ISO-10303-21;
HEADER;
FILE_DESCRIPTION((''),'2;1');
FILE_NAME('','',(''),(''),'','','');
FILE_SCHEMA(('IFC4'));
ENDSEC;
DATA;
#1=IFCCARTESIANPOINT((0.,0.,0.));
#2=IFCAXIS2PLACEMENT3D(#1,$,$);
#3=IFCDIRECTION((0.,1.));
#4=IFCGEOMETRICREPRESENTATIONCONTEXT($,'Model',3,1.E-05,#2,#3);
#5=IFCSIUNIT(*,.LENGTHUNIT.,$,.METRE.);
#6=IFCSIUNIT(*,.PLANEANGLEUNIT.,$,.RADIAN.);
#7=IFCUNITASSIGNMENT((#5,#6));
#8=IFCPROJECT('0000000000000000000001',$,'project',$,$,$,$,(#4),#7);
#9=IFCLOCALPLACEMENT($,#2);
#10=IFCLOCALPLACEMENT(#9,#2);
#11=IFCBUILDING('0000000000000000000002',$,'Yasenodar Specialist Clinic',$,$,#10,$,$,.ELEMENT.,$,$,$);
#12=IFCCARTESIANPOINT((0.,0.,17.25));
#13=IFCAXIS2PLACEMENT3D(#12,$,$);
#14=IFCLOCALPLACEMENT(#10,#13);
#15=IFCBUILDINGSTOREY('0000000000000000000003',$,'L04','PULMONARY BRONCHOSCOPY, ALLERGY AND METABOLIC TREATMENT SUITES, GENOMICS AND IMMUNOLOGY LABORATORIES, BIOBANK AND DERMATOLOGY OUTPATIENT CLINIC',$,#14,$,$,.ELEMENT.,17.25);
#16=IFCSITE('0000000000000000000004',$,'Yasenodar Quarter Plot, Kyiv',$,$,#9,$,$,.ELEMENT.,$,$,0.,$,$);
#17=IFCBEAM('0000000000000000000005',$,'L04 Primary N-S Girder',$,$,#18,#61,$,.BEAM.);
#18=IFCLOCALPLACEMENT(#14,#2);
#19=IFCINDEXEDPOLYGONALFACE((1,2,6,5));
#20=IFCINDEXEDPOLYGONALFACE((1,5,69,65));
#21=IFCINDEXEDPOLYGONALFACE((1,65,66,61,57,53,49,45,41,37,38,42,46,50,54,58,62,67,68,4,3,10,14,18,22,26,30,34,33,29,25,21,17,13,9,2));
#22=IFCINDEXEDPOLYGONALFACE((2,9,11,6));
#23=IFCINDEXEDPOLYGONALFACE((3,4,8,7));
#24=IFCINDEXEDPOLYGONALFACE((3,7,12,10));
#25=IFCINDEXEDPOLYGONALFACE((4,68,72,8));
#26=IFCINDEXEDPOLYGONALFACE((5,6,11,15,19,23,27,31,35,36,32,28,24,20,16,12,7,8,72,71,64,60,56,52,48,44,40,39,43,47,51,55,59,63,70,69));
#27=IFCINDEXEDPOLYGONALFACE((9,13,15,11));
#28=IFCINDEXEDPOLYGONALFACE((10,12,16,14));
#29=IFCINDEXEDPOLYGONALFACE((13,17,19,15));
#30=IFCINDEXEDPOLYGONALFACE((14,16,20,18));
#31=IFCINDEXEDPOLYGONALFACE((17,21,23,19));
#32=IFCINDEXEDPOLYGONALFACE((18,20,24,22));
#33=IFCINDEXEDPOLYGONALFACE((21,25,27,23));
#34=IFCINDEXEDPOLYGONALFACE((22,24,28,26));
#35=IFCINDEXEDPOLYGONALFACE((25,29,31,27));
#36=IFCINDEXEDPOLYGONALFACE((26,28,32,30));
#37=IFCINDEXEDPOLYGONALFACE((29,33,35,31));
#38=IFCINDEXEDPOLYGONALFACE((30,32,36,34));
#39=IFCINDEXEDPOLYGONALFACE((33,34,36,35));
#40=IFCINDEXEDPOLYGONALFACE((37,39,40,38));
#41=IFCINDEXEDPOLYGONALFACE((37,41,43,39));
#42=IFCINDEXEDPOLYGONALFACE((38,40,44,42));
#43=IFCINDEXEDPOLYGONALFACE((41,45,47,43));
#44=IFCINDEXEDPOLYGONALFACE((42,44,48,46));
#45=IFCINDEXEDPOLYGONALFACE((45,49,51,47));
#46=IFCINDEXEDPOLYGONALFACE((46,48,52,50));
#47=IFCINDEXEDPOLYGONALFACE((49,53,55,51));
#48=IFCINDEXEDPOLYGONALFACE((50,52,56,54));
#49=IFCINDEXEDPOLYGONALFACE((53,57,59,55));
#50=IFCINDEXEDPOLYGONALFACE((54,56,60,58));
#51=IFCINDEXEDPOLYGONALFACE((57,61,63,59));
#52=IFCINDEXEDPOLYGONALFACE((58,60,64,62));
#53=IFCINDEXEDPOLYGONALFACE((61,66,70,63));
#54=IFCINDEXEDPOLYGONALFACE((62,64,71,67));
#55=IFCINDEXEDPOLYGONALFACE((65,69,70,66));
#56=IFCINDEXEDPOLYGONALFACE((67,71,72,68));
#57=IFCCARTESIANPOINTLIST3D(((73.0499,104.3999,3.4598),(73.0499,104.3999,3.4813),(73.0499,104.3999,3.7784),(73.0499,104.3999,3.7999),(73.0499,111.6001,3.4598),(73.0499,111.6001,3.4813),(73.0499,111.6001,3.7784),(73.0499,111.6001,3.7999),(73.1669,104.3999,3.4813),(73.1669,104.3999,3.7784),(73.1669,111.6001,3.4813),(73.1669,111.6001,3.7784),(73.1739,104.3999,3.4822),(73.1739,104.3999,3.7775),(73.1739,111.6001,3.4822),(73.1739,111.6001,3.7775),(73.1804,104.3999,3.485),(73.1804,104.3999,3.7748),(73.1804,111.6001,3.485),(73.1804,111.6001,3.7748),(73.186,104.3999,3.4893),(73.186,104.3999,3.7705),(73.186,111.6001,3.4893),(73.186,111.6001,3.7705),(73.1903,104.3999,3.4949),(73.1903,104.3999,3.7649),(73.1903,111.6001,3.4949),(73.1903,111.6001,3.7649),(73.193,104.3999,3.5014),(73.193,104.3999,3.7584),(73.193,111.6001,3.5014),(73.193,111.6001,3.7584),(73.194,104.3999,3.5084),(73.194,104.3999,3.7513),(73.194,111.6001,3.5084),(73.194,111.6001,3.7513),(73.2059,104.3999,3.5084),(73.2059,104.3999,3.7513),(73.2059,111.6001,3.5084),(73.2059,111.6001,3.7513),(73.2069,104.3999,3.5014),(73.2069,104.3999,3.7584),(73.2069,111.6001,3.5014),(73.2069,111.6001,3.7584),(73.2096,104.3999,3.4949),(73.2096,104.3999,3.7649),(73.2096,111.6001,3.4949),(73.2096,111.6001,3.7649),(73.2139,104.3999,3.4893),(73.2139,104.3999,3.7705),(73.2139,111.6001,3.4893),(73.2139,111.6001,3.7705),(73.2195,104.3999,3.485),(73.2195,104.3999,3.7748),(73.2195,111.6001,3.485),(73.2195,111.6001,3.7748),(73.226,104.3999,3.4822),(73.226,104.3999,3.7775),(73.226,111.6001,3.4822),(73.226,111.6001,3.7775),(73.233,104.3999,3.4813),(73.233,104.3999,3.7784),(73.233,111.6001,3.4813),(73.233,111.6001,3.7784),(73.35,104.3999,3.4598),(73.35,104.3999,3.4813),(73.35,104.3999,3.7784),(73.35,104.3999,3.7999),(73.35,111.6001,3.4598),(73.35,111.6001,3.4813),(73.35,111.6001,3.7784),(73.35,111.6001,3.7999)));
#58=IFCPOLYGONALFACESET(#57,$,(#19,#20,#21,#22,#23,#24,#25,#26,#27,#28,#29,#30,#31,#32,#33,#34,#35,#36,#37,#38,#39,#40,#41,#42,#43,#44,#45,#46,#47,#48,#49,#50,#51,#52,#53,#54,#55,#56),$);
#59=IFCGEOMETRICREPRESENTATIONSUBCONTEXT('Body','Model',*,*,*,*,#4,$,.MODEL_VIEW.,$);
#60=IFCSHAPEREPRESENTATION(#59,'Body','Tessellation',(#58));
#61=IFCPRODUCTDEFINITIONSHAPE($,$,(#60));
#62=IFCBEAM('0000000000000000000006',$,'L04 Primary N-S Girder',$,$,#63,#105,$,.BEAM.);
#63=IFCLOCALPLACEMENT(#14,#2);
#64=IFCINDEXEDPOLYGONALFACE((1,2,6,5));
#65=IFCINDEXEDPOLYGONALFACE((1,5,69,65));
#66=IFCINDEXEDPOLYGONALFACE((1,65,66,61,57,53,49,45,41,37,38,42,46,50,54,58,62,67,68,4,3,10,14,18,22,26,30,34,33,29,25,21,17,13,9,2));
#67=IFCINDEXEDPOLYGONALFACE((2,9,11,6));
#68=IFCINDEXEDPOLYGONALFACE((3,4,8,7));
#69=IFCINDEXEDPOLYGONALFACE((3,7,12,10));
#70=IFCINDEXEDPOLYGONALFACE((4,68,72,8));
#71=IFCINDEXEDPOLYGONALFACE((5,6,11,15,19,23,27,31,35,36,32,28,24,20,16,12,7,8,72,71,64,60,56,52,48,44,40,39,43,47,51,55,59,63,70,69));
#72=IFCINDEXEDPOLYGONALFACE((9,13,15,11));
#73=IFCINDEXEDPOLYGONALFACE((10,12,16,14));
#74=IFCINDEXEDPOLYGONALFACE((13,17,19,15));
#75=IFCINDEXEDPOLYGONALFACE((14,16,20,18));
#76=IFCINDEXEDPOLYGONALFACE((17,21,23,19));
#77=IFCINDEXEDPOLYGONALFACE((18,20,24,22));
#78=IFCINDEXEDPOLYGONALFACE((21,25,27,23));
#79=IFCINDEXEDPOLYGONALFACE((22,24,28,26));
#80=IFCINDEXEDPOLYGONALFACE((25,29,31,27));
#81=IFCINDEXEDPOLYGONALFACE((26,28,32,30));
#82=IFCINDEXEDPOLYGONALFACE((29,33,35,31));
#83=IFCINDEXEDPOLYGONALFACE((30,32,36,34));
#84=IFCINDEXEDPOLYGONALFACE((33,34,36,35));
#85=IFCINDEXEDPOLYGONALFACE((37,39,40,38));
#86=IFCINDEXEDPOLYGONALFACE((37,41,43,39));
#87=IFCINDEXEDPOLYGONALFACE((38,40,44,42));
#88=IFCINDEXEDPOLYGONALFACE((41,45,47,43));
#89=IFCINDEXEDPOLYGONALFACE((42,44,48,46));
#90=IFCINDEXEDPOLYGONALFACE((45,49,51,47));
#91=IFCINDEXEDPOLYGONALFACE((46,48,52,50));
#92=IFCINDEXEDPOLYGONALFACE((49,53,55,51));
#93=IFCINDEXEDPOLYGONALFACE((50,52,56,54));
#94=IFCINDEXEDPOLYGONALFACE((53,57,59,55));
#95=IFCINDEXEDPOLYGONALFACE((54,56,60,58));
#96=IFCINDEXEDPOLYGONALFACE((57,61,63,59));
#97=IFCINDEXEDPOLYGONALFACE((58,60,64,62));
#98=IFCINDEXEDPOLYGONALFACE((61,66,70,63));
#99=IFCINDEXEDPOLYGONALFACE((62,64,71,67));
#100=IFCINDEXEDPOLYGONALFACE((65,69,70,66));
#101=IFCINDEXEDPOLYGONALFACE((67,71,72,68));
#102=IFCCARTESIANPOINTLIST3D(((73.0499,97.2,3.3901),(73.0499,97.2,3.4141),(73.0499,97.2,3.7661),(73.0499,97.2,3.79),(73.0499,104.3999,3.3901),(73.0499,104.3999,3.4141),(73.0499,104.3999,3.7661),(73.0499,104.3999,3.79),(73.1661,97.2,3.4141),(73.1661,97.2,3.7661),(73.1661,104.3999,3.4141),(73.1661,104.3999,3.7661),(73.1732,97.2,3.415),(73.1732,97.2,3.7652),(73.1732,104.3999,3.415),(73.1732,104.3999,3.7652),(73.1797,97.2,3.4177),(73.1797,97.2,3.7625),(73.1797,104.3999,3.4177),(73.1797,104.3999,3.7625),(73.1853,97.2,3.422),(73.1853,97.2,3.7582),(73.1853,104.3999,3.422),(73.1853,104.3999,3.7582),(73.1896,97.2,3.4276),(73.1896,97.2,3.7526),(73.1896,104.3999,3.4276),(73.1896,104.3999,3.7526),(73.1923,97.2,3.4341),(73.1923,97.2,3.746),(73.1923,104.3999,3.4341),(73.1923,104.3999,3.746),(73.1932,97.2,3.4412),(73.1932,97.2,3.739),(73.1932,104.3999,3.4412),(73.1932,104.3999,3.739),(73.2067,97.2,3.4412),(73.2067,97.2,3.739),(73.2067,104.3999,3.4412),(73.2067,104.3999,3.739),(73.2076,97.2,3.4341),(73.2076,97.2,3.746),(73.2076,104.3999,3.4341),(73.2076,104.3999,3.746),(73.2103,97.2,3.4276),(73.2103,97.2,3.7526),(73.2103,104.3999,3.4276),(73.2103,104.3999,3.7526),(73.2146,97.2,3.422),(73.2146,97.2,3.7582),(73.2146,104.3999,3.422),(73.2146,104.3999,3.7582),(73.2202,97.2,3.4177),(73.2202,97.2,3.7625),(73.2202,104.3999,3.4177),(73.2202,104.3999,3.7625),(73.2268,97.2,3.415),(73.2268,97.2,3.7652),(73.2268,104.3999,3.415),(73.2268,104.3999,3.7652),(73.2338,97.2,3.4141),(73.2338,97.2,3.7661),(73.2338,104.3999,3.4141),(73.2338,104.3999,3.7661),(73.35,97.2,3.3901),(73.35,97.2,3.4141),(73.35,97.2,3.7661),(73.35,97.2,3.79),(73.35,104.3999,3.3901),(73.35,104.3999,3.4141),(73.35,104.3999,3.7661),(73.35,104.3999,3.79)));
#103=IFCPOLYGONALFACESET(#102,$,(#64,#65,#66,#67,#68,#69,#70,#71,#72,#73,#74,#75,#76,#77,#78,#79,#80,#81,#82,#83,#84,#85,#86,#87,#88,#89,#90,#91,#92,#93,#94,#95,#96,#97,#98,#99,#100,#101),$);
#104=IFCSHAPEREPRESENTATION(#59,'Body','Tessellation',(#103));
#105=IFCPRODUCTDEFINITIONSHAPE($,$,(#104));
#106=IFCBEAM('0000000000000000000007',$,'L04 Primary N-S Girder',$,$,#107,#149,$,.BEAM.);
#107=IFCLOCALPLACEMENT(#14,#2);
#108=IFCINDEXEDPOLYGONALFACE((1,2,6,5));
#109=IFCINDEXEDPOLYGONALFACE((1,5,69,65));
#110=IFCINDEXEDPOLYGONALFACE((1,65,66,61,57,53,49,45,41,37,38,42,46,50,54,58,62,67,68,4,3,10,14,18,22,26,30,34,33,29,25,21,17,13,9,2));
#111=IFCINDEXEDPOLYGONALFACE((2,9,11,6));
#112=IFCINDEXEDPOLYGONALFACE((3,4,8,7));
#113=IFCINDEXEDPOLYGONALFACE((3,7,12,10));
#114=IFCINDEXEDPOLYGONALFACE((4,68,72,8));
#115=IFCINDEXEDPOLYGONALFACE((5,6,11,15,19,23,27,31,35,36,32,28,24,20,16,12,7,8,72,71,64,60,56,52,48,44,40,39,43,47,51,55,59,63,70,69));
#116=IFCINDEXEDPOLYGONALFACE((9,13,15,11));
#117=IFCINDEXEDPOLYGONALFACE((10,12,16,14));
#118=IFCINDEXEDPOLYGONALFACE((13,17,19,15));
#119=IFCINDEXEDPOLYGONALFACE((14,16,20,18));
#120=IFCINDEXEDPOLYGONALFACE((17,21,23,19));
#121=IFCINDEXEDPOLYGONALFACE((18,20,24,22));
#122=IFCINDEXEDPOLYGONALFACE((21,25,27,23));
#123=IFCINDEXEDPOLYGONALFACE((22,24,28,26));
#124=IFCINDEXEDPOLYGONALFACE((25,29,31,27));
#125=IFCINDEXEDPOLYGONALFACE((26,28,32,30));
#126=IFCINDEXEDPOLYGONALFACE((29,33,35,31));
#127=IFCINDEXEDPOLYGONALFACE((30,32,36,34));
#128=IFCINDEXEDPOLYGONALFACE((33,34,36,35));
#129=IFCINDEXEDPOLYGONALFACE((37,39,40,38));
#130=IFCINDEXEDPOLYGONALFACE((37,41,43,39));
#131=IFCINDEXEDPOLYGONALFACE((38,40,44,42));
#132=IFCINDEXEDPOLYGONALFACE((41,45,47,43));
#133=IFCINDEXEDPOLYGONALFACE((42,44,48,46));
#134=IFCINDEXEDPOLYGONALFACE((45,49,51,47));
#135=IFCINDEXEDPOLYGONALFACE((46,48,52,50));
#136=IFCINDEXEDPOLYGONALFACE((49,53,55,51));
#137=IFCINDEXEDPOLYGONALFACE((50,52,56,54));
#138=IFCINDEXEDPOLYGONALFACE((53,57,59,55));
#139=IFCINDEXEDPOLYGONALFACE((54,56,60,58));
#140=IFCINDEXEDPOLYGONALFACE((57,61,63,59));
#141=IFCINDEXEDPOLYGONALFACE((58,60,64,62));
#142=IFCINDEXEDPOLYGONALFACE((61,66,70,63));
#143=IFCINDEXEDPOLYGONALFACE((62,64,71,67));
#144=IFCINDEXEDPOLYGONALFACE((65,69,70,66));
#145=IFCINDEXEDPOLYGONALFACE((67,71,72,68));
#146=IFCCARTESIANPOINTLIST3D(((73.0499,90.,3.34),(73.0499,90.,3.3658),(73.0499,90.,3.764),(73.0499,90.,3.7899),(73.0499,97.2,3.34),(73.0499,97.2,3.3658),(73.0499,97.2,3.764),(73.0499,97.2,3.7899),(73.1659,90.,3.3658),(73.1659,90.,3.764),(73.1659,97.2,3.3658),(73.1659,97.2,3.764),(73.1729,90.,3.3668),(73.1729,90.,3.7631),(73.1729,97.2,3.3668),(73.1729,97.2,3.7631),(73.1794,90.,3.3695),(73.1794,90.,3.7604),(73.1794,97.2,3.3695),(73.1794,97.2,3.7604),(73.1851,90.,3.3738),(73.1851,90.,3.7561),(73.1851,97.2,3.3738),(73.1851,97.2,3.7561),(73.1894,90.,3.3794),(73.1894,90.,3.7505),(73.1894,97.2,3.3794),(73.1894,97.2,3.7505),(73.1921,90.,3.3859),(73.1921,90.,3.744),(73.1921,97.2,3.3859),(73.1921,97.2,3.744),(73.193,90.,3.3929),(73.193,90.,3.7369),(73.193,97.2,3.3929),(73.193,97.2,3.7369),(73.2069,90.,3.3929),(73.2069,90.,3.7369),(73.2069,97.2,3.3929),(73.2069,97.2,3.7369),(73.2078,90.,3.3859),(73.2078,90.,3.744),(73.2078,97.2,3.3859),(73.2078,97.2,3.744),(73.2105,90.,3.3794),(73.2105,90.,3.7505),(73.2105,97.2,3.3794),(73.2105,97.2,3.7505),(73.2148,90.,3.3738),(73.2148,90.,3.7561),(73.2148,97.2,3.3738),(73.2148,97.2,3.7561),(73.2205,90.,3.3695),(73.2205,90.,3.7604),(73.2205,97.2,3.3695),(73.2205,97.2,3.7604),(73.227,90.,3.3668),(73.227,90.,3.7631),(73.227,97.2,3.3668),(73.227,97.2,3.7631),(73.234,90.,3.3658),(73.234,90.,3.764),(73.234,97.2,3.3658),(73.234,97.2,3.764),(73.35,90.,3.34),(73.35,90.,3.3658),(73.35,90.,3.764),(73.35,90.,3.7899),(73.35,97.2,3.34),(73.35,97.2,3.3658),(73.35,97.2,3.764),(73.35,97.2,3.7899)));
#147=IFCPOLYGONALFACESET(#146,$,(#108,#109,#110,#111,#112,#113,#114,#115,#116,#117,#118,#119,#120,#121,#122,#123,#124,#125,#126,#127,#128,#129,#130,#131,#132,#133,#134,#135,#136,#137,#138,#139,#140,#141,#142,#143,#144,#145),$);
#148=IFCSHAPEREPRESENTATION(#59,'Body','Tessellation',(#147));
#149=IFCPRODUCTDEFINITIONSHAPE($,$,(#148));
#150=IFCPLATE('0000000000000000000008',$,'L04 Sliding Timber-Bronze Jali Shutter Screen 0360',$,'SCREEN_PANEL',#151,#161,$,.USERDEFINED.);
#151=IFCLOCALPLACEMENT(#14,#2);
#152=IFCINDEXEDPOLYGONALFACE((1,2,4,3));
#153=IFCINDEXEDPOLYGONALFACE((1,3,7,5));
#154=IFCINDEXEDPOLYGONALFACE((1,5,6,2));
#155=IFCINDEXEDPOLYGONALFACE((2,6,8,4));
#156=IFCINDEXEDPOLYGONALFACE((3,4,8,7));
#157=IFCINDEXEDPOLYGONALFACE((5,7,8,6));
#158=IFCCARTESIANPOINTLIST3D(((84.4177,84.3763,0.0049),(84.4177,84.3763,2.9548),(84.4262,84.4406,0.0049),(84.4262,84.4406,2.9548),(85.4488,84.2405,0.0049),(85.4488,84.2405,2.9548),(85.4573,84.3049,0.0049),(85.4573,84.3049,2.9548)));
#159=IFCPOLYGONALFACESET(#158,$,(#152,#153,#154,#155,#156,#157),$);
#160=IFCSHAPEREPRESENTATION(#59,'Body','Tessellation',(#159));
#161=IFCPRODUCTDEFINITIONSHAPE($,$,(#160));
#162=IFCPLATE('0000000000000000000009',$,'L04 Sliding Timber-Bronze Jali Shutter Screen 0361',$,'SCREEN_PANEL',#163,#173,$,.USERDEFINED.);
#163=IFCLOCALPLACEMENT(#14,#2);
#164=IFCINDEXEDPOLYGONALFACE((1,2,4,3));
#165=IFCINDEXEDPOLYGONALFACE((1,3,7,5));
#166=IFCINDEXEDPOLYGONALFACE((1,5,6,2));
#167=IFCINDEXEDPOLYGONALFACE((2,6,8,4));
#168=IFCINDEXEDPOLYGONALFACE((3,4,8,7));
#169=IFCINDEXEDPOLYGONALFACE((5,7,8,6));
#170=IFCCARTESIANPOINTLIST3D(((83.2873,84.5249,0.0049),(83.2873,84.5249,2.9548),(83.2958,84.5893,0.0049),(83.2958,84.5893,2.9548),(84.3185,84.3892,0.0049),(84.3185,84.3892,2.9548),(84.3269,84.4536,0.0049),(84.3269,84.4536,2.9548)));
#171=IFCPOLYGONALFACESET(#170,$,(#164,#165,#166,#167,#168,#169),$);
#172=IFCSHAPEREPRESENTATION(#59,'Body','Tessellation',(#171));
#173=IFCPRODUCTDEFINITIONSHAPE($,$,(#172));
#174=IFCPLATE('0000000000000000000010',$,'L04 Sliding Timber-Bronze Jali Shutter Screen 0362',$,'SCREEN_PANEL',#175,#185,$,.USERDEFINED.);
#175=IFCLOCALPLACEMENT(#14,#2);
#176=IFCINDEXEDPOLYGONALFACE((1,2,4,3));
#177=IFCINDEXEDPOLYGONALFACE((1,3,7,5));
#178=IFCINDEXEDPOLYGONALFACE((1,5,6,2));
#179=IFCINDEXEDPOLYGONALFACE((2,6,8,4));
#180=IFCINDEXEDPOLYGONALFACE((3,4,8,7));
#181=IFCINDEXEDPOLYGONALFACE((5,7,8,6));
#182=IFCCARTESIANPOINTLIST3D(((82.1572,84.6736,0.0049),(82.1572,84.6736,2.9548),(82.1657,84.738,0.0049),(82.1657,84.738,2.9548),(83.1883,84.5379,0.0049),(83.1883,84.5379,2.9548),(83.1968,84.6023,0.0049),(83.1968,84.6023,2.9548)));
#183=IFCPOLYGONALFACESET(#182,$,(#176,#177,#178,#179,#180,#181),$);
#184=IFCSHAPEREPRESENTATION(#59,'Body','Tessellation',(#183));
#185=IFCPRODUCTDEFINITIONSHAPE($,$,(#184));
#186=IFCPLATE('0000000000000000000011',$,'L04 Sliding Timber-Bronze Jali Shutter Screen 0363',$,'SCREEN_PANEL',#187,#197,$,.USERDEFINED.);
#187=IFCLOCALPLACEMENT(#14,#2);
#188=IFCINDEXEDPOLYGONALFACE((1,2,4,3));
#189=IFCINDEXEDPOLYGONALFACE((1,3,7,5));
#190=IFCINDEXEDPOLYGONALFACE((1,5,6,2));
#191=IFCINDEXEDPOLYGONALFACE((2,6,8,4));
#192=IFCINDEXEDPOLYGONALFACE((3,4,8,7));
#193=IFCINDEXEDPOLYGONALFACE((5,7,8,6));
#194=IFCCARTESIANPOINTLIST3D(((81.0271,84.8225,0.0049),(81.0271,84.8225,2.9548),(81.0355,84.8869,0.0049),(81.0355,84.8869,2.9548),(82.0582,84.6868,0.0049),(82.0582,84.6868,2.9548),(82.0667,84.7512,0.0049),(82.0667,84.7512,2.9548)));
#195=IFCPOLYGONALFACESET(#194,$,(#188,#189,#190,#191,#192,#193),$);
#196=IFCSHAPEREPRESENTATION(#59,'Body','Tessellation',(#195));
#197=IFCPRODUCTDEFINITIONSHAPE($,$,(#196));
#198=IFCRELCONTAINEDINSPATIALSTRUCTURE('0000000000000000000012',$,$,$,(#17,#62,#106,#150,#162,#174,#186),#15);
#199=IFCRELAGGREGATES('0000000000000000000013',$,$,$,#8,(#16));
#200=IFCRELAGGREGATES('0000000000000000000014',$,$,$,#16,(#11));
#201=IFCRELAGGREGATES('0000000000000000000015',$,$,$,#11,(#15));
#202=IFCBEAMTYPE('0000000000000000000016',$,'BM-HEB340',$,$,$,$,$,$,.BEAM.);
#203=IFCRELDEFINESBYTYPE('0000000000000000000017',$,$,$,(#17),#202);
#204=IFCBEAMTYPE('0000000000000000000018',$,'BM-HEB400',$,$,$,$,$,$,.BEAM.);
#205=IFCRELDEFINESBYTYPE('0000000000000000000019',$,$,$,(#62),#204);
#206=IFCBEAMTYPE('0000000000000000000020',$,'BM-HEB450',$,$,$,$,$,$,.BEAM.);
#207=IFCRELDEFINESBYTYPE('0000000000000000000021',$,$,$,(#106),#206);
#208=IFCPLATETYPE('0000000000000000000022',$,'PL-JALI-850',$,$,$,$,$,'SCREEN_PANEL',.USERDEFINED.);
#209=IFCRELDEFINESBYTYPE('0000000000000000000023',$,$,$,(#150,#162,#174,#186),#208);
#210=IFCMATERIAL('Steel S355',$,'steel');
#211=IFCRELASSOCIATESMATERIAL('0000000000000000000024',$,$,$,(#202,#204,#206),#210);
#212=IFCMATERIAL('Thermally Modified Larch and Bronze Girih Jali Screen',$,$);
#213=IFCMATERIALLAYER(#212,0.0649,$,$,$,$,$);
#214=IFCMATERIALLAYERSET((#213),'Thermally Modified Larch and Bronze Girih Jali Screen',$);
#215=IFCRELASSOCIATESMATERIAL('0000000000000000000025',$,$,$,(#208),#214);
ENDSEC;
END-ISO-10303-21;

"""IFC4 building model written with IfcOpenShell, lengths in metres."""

from ifc_helpers import new_model, si_unit, direction, frame, origin, origin_2d, place, context, subcontext, project, spatial, rectangle, i_section, extrude, material, layer, layer_set, material_profile, profile_set, type_object, element, save


model = new_model("IFC4")

# Units and contexts
model_context = context("Model", 3, precision=1e-05, world=origin(), true_north=direction((0.0, 1.0)))
body_context = subcontext(model_context, "Body", "Model", "MODEL_VIEW")
ifc_project = project(units=[si_unit("LENGTHUNIT", "METRE"), si_unit("PLANEANGLEUNIT", "RADIAN")], contexts=[model_context])

# Site, building, storey
site_placement = place(None, origin())
site = spatial("IfcSite", under=ifc_project, at=site_placement, Name="Yasenodar Quarter Plot, Kyiv", CompositionType="ELEMENT", RefElevation=0.0)
building_placement = place(site_placement, origin())
building = spatial("IfcBuilding", under=site, at=building_placement, Name="Yasenodar Specialist Clinic", CompositionType="ELEMENT")
storey_placement = place(building_placement, frame((0.0, 0.0, 17.25)))
storey = spatial("IfcBuildingStorey", under=building, at=storey_placement, Name="L04", Description="PULMONARY BRONCHOSCOPY, ALLERGY AND METABOLIC TREATMENT SUITES, GENOMICS AND IMMUNOLOGY LABORATORIES, BIOBANK AND DERMATOLOGY OUTPATIENT CLINIC", CompositionType="ELEMENT", Elevation=17.25)

# Shared definitions
ifc_material_1 = material(Name="Steel S355", Category="steel")

# Beams
ifc_material_profile_1 = material_profile(ifc_material_1, i_section(OverallWidth=0.3, OverallDepth=0.3401, WebThickness=0.012, FlangeThickness=0.0215, FilletRadius=0.0271, at=origin_2d()), Name="HEB 340")
ifc_profile_set_1 = profile_set([ifc_material_profile_1], Name="Steel S355")
beam_type_1 = type_object("IfcBeamType", Name="BM-HEB340", PredefinedType="BEAM", material=ifc_profile_set_1)
beam_1_placement = place(storey_placement, frame((73.2, 104.3999, 3.6299), z_axis=(0.0, 1.0, 0.0), x_axis=(-1.0, 0.0, 0.0)))
element("IfcBeam", 1, at=beam_1_placement, inside=storey, type_object=beam_type_1, Name="L04 Primary N-S Girder", PredefinedType="BEAM", context=body_context, shape_type="SweptSolid", body=[
    extrude(i_section(OverallWidth=0.3, OverallDepth=0.3401, WebThickness=0.012, FlangeThickness=0.0215, FilletRadius=0.0271, at=origin_2d()), origin(), (0.0, 0.0, 1.0), 7.2002),
])
ifc_material_profile_2 = material_profile(ifc_material_1, i_section(OverallWidth=0.3, OverallDepth=0.3999, WebThickness=0.0134, FlangeThickness=0.0239, FilletRadius=0.0271, at=origin_2d()), Name="HEB 400")
ifc_profile_set_2 = profile_set([ifc_material_profile_2], Name="Steel S355")
beam_type_2 = type_object("IfcBeamType", Name="BM-HEB400", PredefinedType="BEAM", material=ifc_profile_set_2)
beam_2_placement = place(storey_placement, frame((73.2, 97.2, 3.5901), z_axis=(0.0, 1.0, 0.0), x_axis=(-1.0, 0.0, 0.0)))
element("IfcBeam", 2, at=beam_2_placement, inside=storey, type_object=beam_type_2, Name="L04 Primary N-S Girder", PredefinedType="BEAM", context=body_context, shape_type="SweptSolid", body=[
    extrude(i_section(OverallWidth=0.3, OverallDepth=0.3999, WebThickness=0.0134, FlangeThickness=0.0239, FilletRadius=0.0271, at=origin_2d()), origin(), (0.0, 0.0, 1.0), 7.2),
])
ifc_material_profile_3 = material_profile(ifc_material_1, i_section(OverallWidth=0.3, OverallDepth=0.45, WebThickness=0.0139, FlangeThickness=0.0259, FilletRadius=0.0271, at=origin_2d()), Name="HEB 450")
ifc_profile_set_3 = profile_set([ifc_material_profile_3], Name="Steel S355")
beam_type_3 = type_object("IfcBeamType", Name="BM-HEB450", PredefinedType="BEAM", material=ifc_profile_set_3)
beam_3_placement = place(storey_placement, frame((73.2, 90.0, 3.5649), z_axis=(0.0, 1.0, 0.0), x_axis=(-1.0, 0.0, 0.0)))
element("IfcBeam", 3, at=beam_3_placement, inside=storey, type_object=beam_type_3, Name="L04 Primary N-S Girder", PredefinedType="BEAM", context=body_context, shape_type="SweptSolid", body=[
    extrude(i_section(OverallWidth=0.3, OverallDepth=0.45, WebThickness=0.0139, FlangeThickness=0.0259, FilletRadius=0.0271, at=origin_2d()), origin(), (0.0, 0.0, 1.0), 7.2),
])

# Plates
ifc_material_2 = material(Name="Thermally Modified Larch and Bronze Girih Jali Screen")
ifc_layer_1 = layer(ifc_material_2, 0.0649)
ifc_layer_set_1 = layer_set([ifc_layer_1], Name="Thermally Modified Larch and Bronze Girih Jali Screen")
plate_type_1 = type_object("IfcPlateType", Name="PL-JALI-850", ElementType="SCREEN_PANEL", PredefinedType="USERDEFINED", material=ifc_layer_set_1)
for number, where, z_axis, x_axis, name in (
    (4, (84.9375, 84.3406, 0.0049), (0.0, 0.0, 1.0), (-0.991446, 0.130519, 0.0), "L04 Sliding Timber-Bronze Jali Shutter Screen 0360"),
    (5, (83.8071, 84.4893, 0.0049), (0.0, 0.0, 1.0), (-0.991446, 0.130519, 0.0), "L04 Sliding Timber-Bronze Jali Shutter Screen 0361"),
    (6, (82.677, 84.6379, 0.0049), (0.0, 0.0, 1.0), (-0.991446, 0.130519, 0.0), "L04 Sliding Timber-Bronze Jali Shutter Screen 0362"),
    (7, (81.5469, 84.7869, 0.0049), (0.0, 0.0, 1.0), (-0.991446, 0.130519, 0.0), "L04 Sliding Timber-Bronze Jali Shutter Screen 0363"),
):
    element("IfcPlate", number, at=place(storey_placement, frame(where, z_axis=z_axis, x_axis=x_axis)), inside=storey, type_object=plate_type_1, Name=name, ObjectType="SCREEN_PANEL", PredefinedType="USERDEFINED", context=body_context, shape_type="SweptSolid", body=[
        extrude(rectangle(XDim=1.04, YDim=0.0649, at=origin_2d()), origin(), (0.0, 0.0, 1.0), 2.95),
    ])

save(model, "model.ifc")
